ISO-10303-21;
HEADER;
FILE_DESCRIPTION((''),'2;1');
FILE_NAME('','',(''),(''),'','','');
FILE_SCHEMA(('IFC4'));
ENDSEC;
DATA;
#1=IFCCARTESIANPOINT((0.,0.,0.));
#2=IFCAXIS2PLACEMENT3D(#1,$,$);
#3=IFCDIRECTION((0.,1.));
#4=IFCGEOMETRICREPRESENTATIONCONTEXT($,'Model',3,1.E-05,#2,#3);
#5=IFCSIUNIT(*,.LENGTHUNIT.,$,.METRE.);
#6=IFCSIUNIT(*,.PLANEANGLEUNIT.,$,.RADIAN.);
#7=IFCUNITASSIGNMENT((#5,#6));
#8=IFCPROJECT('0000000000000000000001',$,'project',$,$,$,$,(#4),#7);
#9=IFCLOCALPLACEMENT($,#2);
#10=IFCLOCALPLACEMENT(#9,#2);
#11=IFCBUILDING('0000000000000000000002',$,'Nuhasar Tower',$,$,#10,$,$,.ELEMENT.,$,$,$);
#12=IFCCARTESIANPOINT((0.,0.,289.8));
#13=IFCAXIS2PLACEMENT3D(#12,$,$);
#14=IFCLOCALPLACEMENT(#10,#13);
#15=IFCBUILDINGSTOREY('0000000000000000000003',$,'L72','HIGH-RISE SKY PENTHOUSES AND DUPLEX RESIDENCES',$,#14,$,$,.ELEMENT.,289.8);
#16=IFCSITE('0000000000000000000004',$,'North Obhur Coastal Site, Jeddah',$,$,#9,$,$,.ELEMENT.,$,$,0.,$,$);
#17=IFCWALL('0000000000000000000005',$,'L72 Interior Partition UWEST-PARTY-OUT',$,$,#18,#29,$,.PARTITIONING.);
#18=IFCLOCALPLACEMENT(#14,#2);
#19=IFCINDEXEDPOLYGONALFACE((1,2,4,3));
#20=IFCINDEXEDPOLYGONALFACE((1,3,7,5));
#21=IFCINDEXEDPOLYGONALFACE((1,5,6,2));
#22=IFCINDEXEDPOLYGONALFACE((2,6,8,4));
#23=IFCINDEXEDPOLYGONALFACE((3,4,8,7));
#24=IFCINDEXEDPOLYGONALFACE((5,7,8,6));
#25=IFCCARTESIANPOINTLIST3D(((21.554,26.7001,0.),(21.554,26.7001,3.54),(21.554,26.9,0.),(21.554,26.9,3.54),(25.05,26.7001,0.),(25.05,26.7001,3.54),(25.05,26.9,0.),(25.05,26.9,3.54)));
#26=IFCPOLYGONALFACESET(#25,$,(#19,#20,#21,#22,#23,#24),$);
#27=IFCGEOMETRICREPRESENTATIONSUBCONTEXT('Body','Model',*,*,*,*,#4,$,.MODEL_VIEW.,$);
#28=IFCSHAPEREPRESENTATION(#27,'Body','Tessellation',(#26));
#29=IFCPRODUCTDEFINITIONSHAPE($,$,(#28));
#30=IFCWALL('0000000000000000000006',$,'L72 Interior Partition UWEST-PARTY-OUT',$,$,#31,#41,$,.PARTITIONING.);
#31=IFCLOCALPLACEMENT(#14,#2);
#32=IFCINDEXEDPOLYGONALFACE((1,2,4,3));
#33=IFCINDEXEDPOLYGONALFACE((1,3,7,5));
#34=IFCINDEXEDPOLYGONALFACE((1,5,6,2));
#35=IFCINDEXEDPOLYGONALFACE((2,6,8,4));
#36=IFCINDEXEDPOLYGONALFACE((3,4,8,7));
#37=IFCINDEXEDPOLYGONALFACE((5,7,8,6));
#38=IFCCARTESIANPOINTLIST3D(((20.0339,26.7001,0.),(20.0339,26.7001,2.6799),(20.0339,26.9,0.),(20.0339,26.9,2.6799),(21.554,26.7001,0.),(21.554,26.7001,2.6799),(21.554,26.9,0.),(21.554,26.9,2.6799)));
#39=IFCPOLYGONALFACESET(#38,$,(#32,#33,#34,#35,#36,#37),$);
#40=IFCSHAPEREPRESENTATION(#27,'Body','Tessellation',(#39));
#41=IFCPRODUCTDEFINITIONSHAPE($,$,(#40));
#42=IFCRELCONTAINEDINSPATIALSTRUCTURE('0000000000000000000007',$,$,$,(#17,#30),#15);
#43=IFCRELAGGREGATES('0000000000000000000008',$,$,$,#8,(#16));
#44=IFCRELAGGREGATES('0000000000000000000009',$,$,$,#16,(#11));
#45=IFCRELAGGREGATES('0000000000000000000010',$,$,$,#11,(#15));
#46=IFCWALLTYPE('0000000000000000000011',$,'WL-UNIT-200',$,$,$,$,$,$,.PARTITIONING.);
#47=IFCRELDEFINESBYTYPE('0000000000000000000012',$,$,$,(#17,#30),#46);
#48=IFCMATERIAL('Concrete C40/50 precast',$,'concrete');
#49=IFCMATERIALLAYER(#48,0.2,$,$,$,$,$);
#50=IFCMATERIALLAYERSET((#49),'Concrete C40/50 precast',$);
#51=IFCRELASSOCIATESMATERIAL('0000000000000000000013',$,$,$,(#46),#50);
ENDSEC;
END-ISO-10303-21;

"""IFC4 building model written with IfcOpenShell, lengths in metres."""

from ifc_helpers import new_model, si_unit, direction, frame, frame_2d, origin, place, context, subcontext, project, spatial, rectangle, extrude, material, layer, layer_set, type_object, element, save


model = new_model("IFC4")

# Units and contexts
model_context = context("Model", 3, precision=1e-05, world=origin(), true_north=direction((0.0, 1.0)))
body_context = subcontext(model_context, "Body", "Model", "MODEL_VIEW")
ifc_project = project(units=[si_unit("LENGTHUNIT", "METRE"), si_unit("PLANEANGLEUNIT", "RADIAN")], contexts=[model_context])

# Site, building, storey
site_placement = place(None, origin())
site = spatial("IfcSite", under=ifc_project, at=site_placement, Name="North Obhur Coastal Site, Jeddah", CompositionType="ELEMENT", RefElevation=0.0)
building_placement = place(site_placement, origin())
building = spatial("IfcBuilding", under=site, at=building_placement, Name="Nuhasar Tower", CompositionType="ELEMENT")
storey_placement = place(building_placement, frame((0.0, 0.0, 289.8)))
storey = spatial("IfcBuildingStorey", under=building, at=storey_placement, Name="L72", Description="HIGH-RISE SKY PENTHOUSES AND DUPLEX RESIDENCES", CompositionType="ELEMENT", Elevation=289.8)

# Walls
ifc_material_1 = material(Name="Concrete C40/50 precast", Category="concrete")
ifc_layer_1 = layer(ifc_material_1, 0.2)
ifc_layer_set_1 = layer_set([ifc_layer_1], Name="Concrete C40/50 precast")
wall_type_1 = type_object("IfcWallType", Name="WL-UNIT-200", PredefinedType="PARTITIONING", material=ifc_layer_set_1)
wall_1_placement = place(storey_placement, frame((25.05, 26.8, 0.0), z_axis=(0.0, 0.0, 1.0), x_axis=(-1.0, 0.0, 0.0)))
element("IfcWall", 1, at=wall_1_placement, inside=storey, type_object=wall_type_1, Name="L72 Interior Partition UWEST-PARTY-OUT", PredefinedType="PARTITIONING", context=body_context, shape_type="SweptSolid", body=[
    extrude(rectangle(XDim=3.4961, YDim=0.2, at=frame_2d((1.748, 0.0))), origin(), (0.0, 0.0, 1.0), 3.54),
])
wall_2_placement = place(storey_placement, frame((21.554, 26.8, 0.0), z_axis=(0.0, 0.0, 1.0), x_axis=(-1.0, 0.0, 0.0)))
element("IfcWall", 2, at=wall_2_placement, inside=storey, type_object=wall_type_1, Name="L72 Interior Partition UWEST-PARTY-OUT", PredefinedType="PARTITIONING", context=body_context, shape_type="SweptSolid", body=[
    extrude(rectangle(XDim=1.52, YDim=0.2, at=frame_2d((0.76, 0.0))), origin(), (0.0, 0.0, 1.0), 2.6799),
])

save(model, "model.ifc")
